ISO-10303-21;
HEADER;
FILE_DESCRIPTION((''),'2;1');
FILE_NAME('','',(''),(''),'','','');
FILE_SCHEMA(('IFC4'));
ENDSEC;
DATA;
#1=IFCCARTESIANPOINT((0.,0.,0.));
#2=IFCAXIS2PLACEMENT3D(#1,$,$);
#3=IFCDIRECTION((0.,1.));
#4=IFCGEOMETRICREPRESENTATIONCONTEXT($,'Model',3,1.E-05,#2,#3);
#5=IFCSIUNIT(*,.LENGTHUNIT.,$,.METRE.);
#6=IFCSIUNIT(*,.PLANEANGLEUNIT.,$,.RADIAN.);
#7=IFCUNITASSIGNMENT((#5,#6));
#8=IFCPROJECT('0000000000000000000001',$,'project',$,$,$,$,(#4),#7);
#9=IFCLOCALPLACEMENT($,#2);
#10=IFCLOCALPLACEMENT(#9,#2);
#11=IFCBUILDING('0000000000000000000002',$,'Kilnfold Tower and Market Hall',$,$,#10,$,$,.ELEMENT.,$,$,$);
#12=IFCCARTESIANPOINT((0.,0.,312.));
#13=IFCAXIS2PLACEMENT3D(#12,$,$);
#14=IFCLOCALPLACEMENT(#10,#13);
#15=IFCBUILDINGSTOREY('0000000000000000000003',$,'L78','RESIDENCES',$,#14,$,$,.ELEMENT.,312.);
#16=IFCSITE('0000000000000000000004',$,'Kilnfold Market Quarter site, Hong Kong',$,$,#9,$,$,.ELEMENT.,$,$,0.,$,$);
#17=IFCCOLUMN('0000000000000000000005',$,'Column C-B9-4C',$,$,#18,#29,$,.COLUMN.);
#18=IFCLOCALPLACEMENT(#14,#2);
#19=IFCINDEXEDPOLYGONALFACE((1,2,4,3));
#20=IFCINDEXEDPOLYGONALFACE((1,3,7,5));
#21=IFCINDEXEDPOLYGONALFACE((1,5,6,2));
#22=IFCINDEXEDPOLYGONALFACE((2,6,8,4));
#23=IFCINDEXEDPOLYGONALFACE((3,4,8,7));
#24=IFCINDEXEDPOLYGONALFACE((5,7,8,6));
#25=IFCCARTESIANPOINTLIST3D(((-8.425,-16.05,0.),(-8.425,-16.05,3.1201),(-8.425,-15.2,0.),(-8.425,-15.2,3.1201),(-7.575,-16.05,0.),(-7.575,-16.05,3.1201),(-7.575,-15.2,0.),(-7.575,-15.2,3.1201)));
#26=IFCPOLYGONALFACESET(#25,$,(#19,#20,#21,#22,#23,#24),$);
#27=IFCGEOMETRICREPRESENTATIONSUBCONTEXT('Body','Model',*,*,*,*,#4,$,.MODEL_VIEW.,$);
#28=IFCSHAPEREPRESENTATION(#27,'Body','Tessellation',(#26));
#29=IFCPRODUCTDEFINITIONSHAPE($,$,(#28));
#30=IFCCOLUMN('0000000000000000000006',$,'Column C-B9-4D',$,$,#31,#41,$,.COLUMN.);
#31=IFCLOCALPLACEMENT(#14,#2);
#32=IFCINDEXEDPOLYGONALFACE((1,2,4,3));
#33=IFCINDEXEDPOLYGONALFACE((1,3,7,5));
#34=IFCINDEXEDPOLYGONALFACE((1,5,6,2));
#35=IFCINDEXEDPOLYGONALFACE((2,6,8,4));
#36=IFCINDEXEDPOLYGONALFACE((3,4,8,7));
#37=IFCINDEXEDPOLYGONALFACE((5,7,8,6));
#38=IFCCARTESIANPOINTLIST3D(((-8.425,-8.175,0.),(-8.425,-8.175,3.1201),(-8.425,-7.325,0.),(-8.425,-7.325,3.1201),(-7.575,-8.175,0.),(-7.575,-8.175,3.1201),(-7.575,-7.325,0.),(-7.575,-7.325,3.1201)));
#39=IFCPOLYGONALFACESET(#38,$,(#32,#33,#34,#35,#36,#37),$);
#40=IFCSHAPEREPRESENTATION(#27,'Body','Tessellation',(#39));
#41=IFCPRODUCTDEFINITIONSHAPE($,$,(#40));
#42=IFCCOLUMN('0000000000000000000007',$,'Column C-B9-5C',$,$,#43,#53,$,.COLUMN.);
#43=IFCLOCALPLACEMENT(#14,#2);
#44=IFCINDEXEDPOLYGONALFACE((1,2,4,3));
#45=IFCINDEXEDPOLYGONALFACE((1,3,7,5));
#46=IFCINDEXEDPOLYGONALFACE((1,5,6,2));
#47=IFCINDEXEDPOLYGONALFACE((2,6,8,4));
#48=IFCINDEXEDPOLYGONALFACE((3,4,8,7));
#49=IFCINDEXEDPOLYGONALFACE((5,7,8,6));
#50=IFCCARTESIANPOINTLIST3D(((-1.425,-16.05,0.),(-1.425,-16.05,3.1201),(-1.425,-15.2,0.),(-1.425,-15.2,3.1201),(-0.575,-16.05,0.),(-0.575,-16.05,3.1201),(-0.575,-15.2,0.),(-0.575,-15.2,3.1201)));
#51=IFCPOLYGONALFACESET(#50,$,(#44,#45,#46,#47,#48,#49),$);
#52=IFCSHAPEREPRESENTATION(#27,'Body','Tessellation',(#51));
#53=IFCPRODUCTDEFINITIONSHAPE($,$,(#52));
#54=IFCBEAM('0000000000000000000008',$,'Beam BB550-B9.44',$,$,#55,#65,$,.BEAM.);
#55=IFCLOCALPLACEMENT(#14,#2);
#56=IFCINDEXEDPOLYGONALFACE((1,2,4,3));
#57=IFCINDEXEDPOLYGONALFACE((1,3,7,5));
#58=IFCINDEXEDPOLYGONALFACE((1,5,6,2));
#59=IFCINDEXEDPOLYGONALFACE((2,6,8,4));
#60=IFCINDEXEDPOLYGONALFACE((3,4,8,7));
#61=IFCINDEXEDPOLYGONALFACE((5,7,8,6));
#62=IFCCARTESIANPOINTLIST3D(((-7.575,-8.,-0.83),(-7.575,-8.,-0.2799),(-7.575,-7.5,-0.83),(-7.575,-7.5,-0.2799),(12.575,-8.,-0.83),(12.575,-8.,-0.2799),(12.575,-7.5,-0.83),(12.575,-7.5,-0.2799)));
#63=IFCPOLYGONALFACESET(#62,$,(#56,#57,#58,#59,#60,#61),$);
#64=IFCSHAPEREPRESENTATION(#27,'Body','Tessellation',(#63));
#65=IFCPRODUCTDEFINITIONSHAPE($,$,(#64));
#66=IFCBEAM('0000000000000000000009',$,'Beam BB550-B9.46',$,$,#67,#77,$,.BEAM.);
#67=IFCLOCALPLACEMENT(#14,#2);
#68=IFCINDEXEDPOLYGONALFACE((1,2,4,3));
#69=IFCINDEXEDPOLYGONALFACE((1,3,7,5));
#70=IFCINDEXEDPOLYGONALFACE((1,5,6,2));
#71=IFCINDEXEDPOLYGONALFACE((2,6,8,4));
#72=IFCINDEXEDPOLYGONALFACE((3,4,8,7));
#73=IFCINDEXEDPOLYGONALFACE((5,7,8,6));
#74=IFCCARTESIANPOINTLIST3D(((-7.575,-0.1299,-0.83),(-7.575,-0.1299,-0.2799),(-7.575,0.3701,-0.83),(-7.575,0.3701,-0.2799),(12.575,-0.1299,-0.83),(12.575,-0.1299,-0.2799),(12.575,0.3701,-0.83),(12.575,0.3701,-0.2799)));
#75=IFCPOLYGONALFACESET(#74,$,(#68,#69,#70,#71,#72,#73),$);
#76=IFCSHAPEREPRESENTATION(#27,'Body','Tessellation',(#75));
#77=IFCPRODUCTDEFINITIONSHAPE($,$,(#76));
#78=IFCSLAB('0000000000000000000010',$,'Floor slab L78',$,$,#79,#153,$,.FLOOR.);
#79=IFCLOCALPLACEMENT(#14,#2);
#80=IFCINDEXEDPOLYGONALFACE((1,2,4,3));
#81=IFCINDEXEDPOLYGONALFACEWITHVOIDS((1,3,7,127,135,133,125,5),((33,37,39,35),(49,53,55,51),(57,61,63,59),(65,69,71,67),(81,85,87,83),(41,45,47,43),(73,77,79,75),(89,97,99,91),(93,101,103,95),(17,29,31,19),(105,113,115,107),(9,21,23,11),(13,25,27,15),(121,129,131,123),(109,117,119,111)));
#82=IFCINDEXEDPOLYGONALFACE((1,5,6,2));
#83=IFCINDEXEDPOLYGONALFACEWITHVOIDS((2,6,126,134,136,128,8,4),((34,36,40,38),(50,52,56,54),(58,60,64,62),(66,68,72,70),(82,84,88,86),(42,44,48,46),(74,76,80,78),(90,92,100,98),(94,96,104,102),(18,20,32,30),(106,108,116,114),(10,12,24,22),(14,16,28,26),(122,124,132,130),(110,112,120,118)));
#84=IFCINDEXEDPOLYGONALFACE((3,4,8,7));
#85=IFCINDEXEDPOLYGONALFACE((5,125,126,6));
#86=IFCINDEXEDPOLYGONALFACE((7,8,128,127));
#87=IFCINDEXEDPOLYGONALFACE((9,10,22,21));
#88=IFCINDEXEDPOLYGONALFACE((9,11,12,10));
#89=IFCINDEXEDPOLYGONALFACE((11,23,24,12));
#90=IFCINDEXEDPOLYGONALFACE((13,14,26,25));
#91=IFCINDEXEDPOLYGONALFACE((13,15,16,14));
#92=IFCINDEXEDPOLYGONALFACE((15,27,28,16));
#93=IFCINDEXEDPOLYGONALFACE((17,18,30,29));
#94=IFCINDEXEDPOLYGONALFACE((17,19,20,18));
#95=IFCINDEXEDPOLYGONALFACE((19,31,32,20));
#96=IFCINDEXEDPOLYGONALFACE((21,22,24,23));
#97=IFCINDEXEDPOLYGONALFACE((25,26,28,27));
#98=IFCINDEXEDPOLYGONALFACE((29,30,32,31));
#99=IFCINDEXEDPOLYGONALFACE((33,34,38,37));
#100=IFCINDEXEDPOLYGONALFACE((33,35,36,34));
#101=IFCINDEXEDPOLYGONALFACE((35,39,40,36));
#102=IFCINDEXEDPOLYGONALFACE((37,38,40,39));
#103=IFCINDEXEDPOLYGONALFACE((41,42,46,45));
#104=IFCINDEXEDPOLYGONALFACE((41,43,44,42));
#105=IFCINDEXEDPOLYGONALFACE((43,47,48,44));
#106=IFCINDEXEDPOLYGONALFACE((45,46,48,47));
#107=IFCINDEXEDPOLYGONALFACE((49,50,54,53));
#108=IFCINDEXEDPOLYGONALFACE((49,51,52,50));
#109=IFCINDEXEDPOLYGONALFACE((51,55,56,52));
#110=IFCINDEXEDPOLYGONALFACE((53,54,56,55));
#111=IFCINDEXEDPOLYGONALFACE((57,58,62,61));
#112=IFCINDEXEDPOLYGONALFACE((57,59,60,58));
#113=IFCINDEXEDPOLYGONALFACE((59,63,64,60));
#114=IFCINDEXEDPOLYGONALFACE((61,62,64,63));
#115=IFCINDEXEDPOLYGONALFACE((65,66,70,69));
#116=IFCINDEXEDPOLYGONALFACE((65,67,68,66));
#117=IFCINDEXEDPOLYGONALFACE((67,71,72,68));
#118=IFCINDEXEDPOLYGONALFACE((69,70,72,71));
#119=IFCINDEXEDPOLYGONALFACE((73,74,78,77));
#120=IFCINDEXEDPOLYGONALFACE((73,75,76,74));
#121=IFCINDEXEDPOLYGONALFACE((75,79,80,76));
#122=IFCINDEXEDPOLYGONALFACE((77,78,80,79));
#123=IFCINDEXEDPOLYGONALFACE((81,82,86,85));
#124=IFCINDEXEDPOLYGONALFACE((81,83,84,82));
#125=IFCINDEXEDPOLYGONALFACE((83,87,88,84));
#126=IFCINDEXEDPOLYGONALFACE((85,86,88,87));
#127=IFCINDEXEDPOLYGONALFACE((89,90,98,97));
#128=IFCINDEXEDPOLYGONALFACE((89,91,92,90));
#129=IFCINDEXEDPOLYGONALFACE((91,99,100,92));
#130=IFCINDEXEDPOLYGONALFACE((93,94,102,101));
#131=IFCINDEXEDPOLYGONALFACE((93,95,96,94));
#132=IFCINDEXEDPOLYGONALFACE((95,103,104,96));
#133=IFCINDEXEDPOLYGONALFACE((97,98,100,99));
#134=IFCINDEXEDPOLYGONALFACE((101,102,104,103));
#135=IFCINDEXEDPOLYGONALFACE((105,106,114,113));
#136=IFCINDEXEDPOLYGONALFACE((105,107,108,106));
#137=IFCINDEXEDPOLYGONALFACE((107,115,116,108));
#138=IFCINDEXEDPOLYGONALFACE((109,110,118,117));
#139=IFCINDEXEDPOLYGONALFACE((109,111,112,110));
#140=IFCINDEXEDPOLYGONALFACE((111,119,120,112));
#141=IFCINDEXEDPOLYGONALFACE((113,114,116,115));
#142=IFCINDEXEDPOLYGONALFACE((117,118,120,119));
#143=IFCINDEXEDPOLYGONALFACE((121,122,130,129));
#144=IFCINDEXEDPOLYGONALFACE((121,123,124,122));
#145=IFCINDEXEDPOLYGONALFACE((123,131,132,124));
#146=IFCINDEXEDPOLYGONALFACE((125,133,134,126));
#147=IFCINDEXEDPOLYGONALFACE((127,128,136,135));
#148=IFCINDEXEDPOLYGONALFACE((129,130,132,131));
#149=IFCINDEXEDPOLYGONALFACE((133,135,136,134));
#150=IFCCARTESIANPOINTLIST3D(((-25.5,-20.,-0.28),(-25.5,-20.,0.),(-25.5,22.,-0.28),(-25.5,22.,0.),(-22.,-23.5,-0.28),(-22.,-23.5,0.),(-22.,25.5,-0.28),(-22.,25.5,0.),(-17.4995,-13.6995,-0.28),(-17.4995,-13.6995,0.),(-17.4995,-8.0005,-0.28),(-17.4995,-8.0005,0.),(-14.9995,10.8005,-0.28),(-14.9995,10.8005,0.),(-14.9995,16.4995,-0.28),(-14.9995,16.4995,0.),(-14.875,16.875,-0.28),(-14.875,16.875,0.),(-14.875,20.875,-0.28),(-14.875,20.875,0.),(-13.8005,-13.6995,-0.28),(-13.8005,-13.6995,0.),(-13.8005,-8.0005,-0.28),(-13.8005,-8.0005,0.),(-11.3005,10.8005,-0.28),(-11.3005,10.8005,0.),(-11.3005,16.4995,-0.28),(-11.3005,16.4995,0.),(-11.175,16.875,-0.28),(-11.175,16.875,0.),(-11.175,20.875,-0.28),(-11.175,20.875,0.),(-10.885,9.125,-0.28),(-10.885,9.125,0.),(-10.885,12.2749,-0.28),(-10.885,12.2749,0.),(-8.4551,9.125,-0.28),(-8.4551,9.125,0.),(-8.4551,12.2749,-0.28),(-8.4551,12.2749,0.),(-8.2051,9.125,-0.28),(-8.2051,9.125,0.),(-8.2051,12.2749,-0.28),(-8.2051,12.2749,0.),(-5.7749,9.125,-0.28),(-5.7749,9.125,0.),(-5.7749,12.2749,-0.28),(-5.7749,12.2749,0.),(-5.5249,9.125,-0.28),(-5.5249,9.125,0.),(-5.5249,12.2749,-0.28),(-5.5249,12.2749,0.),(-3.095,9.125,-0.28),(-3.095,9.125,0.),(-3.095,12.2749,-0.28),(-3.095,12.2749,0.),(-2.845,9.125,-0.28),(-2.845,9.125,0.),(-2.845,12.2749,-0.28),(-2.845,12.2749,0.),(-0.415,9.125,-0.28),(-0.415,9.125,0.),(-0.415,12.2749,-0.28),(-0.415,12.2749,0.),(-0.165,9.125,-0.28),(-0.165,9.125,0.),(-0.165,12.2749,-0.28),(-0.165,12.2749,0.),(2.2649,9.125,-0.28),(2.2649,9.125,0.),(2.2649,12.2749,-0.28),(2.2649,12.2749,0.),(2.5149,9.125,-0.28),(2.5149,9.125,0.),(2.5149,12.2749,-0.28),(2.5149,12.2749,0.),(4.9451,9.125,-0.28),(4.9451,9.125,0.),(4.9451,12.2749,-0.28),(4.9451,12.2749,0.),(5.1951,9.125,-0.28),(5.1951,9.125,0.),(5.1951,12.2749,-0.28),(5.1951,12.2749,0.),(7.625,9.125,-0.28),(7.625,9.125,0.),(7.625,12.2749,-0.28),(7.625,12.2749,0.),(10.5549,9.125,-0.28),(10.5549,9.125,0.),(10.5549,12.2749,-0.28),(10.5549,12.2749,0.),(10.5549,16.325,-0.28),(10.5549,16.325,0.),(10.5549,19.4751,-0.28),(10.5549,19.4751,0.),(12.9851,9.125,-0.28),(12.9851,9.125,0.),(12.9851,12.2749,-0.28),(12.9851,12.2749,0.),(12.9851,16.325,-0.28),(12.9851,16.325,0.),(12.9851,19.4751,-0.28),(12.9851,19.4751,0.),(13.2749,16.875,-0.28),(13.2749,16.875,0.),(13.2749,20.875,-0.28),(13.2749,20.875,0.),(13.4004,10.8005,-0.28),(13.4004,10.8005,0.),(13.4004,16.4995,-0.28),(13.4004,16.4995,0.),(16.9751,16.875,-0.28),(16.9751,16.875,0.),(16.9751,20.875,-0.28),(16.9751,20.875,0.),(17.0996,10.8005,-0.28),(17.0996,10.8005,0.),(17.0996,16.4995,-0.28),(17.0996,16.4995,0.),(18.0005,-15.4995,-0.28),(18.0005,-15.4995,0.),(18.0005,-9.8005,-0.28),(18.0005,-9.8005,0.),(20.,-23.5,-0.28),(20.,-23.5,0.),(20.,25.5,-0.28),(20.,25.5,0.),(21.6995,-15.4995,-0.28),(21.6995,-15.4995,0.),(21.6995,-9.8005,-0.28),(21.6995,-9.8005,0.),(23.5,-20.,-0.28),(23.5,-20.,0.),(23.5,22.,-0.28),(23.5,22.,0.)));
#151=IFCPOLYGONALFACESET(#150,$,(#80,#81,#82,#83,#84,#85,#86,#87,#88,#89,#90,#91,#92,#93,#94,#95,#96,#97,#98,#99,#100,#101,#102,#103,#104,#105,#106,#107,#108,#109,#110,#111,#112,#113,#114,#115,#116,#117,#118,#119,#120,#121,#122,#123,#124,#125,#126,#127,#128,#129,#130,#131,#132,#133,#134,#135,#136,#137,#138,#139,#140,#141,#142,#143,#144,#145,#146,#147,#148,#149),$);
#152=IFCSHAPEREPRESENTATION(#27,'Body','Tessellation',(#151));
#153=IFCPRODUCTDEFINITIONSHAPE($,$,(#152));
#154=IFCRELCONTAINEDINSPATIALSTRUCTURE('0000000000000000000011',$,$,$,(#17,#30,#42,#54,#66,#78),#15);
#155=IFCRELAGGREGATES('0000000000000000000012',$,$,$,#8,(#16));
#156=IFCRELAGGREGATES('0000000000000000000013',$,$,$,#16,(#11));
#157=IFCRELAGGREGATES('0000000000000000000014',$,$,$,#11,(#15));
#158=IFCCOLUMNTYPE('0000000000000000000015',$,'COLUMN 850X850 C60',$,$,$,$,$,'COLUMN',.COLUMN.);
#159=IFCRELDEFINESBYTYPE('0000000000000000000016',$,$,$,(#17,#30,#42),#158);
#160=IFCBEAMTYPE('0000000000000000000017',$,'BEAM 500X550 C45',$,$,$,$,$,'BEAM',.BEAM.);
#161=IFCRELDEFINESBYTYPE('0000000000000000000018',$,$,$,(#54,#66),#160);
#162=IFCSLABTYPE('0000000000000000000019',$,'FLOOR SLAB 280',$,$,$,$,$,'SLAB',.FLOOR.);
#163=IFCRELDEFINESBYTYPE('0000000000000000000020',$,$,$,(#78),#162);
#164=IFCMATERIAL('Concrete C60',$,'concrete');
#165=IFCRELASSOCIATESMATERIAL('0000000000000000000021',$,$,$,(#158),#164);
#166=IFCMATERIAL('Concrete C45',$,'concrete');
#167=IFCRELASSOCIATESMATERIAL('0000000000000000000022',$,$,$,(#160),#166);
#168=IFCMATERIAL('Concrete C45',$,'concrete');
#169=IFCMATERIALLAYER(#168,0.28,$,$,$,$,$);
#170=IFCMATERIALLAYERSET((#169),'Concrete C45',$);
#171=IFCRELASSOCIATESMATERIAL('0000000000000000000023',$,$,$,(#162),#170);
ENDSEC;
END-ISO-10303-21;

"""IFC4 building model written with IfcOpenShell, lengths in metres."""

from ifc_helpers import new_model, si_unit, direction, frame, origin, origin_2d, place, context, subcontext, project, spatial, polyline, rectangle, outline, extrude, source, transform, mapped, material, layer, layer_set, material_profile, profile_set, type_object, element, save


model = new_model("IFC4")

# Units and contexts
model_context = context("Model", 3, precision=1e-05, world=origin(), true_north=direction((0.0, 1.0)))
body_context = subcontext(model_context, "Body", "Model", "MODEL_VIEW")
ifc_project = project(units=[si_unit("LENGTHUNIT", "METRE"), si_unit("PLANEANGLEUNIT", "RADIAN")], contexts=[model_context])

# Site, building, storey
site_placement = place(None, origin())
site = spatial("IfcSite", under=ifc_project, at=site_placement, Name="Kilnfold Market Quarter site, Hong Kong", CompositionType="ELEMENT", RefElevation=0.0)
building_placement = place(site_placement, origin())
building = spatial("IfcBuilding", under=site, at=building_placement, Name="Kilnfold Tower and Market Hall", CompositionType="ELEMENT")
storey_placement = place(building_placement, frame((0.0, 0.0, 312.0)))
storey = spatial("IfcBuildingStorey", under=building, at=storey_placement, Name="L78", Description="RESIDENCES", CompositionType="ELEMENT", Elevation=312.0)

# Columns
ifc_material_1 = material(Name="Concrete C60", Category="concrete")
ifc_material_profile_1 = material_profile(ifc_material_1, rectangle(XDim=0.8501, YDim=0.8501, at=origin_2d()), Name="RC 850x850")
ifc_profile_set_1 = profile_set([ifc_material_profile_1], Name="Concrete C60")
column_type = type_object("IfcColumnType", Name="COLUMN 850X850 C60", ElementType="COLUMN", PredefinedType="COLUMN", material=ifc_profile_set_1)
shared_shape_1 = source(origin(), body_context, "Body", "SweptSolid", [
    extrude(rectangle(XDim=0.8501, YDim=0.8501, at=origin_2d()), origin(), (0.0, 0.0, 1.0), 3.1201),
])
for number, where, z_axis, x_axis, name in (
    (1, (-8.0, -15.625, 0.0), (0.0, 0.0, 1.0), (1.0, 0.0, 0.0), "Column C-B9-4C"),
    (2, (-8.0, -7.75, 0.0), (0.0, 0.0, 1.0), (1.0, 0.0, 0.0), "Column C-B9-4D"),
    (3, (-1.0, -15.625, 0.0), (0.0, 0.0, 1.0), (1.0, 0.0, 0.0), "Column C-B9-5C"),
):
    element("IfcColumn", number, at=place(storey_placement, frame(where, z_axis=z_axis, x_axis=x_axis)), inside=storey, type_object=column_type, Name=name, PredefinedType="COLUMN", context=body_context, shape_type="MappedRepresentation", body=[
        mapped(shared_shape_1, transform((0.0, 0.0, 0.0))),
    ])

# Beams
ifc_material_2 = material(Name="Concrete C45", Category="concrete")
ifc_material_profile_2 = material_profile(ifc_material_2, rectangle(XDim=0.5, YDim=0.55, at=origin_2d()), Name="RC 500x550")
ifc_profile_set_2 = profile_set([ifc_material_profile_2], Name="Concrete C45")
beam_type = type_object("IfcBeamType", Name="BEAM 500X550 C45", ElementType="BEAM", PredefinedType="BEAM", material=ifc_profile_set_2)
shared_shape_2 = source(origin(), body_context, "Body", "SweptSolid", [
    extrude(rectangle(XDim=0.5, YDim=0.55, at=origin_2d()), origin(), (0.0, 0.0, 1.0), 20.1499),
])
for number, where, z_axis, x_axis, name in (
    (4, (-7.575, -7.75, -0.5549), (1.0, 0.0, 0.0), (0.0, 1.0, 0.0), "Beam BB550-B9.44"),
    (5, (-7.575, 0.1201, -0.5549), (1.0, 0.0, 0.0), (0.0, 1.0, 0.0), "Beam BB550-B9.46"),
):
    element("IfcBeam", number, at=place(storey_placement, frame(where, z_axis=z_axis, x_axis=x_axis)), inside=storey, type_object=beam_type, Name=name, PredefinedType="BEAM", context=body_context, shape_type="MappedRepresentation", body=[
        mapped(shared_shape_2, transform((0.0, 0.0, 0.0))),
    ])

# Slab
ifc_material_3 = material(Name="Concrete C45", Category="concrete")
ifc_layer_1 = layer(ifc_material_3, 0.28)
ifc_layer_set_1 = layer_set([ifc_layer_1], Name="Concrete C45")
slab_type_1 = type_object("IfcSlabType", Name="FLOOR SLAB 280", ElementType="SLAB", PredefinedType="FLOOR", material=ifc_layer_set_1)
shared_shape_3 = source(origin(), body_context, "Body", "SweptSolid", [
    extrude(outline(polyline([(-22.0, -23.5), (20.0, -23.5), (23.5, -20.0), (23.5, 22.0), (20.0, 25.5), (-22.0, 25.5), (-25.5, 22.0), (-25.5, -20.0), (-22.0, -23.5)]), holes=[polyline([(-13.8005, -8.0005), (-13.8005, -13.6995), (-17.4995, -13.6995), (-17.4995, -8.0005), (-13.8005, -8.0005)]), polyline([(-11.3005, 10.8005), (-14.9995, 10.8005), (-14.9995, 16.4995), (-11.3005, 16.4995), (-11.3005, 10.8005)]), polyline([(-11.175, 16.875), (-14.875, 16.875), (-14.875, 20.875), (-11.175, 20.875), (-11.175, 16.875)]), polyline([(-8.4551, 9.125), (-10.885, 9.125), (-10.885, 12.2749), (-8.4551, 12.2749), (-8.4551, 9.125)]), polyline([(-5.7749, 9.125), (-8.2051, 9.125), (-8.2051, 12.2749), (-5.7749, 12.2749), (-5.7749, 9.125)]), polyline([(-3.095, 9.125), (-5.5249, 9.125), (-5.5249, 12.2749), (-3.095, 12.2749), (-3.095, 9.125)]), polyline([(-0.415, 9.125), (-2.845, 9.125), (-2.845, 12.2749), (-0.415, 12.2749), (-0.415, 9.125)]), polyline([(2.2649, 9.125), (-0.165, 9.125), (-0.165, 12.2749), (2.2649, 12.2749), (2.2649, 9.125)]), polyline([(4.9451, 9.125), (2.5149, 9.125), (2.5149, 12.2749), (4.9451, 12.2749), (4.9451, 9.125)]), polyline([(7.625, 9.125), (5.1951, 9.125), (5.1951, 12.2749), (7.625, 12.2749), (7.625, 9.125)]), polyline([(12.9851, 9.125), (10.5549, 9.125), (10.5549, 12.2749), (12.9851, 12.2749), (12.9851, 9.125)]), polyline([(12.9851, 16.325), (10.5549, 16.325), (10.5549, 19.4751), (12.9851, 19.4751), (12.9851, 16.325)]), polyline([(16.9751, 16.875), (13.2749, 16.875), (13.2749, 20.875), (16.9751, 20.875), (16.9751, 16.875)]), polyline([(17.0996, 10.8005), (13.4004, 10.8005), (13.4004, 16.4995), (17.0996, 16.4995), (17.0996, 10.8005)]), polyline([(18.0005, -9.8005), (21.6995, -9.8005), (21.6995, -15.4995), (18.0005, -15.4995), (18.0005, -9.8005)])]), origin(), (0.0, 0.0, 1.0), 0.28),
])
slab_1_placement = place(storey_placement, frame((0.0, 0.0, -0.28)))
element("IfcSlab", 6, at=slab_1_placement, inside=storey, type_object=slab_type_1, Name="Floor slab L78", PredefinedType="FLOOR", context=body_context, shape_type="MappedRepresentation", body=[
    mapped(shared_shape_3, transform((0.0, 0.0, 0.0))),
])

save(model, "model.ifc")
